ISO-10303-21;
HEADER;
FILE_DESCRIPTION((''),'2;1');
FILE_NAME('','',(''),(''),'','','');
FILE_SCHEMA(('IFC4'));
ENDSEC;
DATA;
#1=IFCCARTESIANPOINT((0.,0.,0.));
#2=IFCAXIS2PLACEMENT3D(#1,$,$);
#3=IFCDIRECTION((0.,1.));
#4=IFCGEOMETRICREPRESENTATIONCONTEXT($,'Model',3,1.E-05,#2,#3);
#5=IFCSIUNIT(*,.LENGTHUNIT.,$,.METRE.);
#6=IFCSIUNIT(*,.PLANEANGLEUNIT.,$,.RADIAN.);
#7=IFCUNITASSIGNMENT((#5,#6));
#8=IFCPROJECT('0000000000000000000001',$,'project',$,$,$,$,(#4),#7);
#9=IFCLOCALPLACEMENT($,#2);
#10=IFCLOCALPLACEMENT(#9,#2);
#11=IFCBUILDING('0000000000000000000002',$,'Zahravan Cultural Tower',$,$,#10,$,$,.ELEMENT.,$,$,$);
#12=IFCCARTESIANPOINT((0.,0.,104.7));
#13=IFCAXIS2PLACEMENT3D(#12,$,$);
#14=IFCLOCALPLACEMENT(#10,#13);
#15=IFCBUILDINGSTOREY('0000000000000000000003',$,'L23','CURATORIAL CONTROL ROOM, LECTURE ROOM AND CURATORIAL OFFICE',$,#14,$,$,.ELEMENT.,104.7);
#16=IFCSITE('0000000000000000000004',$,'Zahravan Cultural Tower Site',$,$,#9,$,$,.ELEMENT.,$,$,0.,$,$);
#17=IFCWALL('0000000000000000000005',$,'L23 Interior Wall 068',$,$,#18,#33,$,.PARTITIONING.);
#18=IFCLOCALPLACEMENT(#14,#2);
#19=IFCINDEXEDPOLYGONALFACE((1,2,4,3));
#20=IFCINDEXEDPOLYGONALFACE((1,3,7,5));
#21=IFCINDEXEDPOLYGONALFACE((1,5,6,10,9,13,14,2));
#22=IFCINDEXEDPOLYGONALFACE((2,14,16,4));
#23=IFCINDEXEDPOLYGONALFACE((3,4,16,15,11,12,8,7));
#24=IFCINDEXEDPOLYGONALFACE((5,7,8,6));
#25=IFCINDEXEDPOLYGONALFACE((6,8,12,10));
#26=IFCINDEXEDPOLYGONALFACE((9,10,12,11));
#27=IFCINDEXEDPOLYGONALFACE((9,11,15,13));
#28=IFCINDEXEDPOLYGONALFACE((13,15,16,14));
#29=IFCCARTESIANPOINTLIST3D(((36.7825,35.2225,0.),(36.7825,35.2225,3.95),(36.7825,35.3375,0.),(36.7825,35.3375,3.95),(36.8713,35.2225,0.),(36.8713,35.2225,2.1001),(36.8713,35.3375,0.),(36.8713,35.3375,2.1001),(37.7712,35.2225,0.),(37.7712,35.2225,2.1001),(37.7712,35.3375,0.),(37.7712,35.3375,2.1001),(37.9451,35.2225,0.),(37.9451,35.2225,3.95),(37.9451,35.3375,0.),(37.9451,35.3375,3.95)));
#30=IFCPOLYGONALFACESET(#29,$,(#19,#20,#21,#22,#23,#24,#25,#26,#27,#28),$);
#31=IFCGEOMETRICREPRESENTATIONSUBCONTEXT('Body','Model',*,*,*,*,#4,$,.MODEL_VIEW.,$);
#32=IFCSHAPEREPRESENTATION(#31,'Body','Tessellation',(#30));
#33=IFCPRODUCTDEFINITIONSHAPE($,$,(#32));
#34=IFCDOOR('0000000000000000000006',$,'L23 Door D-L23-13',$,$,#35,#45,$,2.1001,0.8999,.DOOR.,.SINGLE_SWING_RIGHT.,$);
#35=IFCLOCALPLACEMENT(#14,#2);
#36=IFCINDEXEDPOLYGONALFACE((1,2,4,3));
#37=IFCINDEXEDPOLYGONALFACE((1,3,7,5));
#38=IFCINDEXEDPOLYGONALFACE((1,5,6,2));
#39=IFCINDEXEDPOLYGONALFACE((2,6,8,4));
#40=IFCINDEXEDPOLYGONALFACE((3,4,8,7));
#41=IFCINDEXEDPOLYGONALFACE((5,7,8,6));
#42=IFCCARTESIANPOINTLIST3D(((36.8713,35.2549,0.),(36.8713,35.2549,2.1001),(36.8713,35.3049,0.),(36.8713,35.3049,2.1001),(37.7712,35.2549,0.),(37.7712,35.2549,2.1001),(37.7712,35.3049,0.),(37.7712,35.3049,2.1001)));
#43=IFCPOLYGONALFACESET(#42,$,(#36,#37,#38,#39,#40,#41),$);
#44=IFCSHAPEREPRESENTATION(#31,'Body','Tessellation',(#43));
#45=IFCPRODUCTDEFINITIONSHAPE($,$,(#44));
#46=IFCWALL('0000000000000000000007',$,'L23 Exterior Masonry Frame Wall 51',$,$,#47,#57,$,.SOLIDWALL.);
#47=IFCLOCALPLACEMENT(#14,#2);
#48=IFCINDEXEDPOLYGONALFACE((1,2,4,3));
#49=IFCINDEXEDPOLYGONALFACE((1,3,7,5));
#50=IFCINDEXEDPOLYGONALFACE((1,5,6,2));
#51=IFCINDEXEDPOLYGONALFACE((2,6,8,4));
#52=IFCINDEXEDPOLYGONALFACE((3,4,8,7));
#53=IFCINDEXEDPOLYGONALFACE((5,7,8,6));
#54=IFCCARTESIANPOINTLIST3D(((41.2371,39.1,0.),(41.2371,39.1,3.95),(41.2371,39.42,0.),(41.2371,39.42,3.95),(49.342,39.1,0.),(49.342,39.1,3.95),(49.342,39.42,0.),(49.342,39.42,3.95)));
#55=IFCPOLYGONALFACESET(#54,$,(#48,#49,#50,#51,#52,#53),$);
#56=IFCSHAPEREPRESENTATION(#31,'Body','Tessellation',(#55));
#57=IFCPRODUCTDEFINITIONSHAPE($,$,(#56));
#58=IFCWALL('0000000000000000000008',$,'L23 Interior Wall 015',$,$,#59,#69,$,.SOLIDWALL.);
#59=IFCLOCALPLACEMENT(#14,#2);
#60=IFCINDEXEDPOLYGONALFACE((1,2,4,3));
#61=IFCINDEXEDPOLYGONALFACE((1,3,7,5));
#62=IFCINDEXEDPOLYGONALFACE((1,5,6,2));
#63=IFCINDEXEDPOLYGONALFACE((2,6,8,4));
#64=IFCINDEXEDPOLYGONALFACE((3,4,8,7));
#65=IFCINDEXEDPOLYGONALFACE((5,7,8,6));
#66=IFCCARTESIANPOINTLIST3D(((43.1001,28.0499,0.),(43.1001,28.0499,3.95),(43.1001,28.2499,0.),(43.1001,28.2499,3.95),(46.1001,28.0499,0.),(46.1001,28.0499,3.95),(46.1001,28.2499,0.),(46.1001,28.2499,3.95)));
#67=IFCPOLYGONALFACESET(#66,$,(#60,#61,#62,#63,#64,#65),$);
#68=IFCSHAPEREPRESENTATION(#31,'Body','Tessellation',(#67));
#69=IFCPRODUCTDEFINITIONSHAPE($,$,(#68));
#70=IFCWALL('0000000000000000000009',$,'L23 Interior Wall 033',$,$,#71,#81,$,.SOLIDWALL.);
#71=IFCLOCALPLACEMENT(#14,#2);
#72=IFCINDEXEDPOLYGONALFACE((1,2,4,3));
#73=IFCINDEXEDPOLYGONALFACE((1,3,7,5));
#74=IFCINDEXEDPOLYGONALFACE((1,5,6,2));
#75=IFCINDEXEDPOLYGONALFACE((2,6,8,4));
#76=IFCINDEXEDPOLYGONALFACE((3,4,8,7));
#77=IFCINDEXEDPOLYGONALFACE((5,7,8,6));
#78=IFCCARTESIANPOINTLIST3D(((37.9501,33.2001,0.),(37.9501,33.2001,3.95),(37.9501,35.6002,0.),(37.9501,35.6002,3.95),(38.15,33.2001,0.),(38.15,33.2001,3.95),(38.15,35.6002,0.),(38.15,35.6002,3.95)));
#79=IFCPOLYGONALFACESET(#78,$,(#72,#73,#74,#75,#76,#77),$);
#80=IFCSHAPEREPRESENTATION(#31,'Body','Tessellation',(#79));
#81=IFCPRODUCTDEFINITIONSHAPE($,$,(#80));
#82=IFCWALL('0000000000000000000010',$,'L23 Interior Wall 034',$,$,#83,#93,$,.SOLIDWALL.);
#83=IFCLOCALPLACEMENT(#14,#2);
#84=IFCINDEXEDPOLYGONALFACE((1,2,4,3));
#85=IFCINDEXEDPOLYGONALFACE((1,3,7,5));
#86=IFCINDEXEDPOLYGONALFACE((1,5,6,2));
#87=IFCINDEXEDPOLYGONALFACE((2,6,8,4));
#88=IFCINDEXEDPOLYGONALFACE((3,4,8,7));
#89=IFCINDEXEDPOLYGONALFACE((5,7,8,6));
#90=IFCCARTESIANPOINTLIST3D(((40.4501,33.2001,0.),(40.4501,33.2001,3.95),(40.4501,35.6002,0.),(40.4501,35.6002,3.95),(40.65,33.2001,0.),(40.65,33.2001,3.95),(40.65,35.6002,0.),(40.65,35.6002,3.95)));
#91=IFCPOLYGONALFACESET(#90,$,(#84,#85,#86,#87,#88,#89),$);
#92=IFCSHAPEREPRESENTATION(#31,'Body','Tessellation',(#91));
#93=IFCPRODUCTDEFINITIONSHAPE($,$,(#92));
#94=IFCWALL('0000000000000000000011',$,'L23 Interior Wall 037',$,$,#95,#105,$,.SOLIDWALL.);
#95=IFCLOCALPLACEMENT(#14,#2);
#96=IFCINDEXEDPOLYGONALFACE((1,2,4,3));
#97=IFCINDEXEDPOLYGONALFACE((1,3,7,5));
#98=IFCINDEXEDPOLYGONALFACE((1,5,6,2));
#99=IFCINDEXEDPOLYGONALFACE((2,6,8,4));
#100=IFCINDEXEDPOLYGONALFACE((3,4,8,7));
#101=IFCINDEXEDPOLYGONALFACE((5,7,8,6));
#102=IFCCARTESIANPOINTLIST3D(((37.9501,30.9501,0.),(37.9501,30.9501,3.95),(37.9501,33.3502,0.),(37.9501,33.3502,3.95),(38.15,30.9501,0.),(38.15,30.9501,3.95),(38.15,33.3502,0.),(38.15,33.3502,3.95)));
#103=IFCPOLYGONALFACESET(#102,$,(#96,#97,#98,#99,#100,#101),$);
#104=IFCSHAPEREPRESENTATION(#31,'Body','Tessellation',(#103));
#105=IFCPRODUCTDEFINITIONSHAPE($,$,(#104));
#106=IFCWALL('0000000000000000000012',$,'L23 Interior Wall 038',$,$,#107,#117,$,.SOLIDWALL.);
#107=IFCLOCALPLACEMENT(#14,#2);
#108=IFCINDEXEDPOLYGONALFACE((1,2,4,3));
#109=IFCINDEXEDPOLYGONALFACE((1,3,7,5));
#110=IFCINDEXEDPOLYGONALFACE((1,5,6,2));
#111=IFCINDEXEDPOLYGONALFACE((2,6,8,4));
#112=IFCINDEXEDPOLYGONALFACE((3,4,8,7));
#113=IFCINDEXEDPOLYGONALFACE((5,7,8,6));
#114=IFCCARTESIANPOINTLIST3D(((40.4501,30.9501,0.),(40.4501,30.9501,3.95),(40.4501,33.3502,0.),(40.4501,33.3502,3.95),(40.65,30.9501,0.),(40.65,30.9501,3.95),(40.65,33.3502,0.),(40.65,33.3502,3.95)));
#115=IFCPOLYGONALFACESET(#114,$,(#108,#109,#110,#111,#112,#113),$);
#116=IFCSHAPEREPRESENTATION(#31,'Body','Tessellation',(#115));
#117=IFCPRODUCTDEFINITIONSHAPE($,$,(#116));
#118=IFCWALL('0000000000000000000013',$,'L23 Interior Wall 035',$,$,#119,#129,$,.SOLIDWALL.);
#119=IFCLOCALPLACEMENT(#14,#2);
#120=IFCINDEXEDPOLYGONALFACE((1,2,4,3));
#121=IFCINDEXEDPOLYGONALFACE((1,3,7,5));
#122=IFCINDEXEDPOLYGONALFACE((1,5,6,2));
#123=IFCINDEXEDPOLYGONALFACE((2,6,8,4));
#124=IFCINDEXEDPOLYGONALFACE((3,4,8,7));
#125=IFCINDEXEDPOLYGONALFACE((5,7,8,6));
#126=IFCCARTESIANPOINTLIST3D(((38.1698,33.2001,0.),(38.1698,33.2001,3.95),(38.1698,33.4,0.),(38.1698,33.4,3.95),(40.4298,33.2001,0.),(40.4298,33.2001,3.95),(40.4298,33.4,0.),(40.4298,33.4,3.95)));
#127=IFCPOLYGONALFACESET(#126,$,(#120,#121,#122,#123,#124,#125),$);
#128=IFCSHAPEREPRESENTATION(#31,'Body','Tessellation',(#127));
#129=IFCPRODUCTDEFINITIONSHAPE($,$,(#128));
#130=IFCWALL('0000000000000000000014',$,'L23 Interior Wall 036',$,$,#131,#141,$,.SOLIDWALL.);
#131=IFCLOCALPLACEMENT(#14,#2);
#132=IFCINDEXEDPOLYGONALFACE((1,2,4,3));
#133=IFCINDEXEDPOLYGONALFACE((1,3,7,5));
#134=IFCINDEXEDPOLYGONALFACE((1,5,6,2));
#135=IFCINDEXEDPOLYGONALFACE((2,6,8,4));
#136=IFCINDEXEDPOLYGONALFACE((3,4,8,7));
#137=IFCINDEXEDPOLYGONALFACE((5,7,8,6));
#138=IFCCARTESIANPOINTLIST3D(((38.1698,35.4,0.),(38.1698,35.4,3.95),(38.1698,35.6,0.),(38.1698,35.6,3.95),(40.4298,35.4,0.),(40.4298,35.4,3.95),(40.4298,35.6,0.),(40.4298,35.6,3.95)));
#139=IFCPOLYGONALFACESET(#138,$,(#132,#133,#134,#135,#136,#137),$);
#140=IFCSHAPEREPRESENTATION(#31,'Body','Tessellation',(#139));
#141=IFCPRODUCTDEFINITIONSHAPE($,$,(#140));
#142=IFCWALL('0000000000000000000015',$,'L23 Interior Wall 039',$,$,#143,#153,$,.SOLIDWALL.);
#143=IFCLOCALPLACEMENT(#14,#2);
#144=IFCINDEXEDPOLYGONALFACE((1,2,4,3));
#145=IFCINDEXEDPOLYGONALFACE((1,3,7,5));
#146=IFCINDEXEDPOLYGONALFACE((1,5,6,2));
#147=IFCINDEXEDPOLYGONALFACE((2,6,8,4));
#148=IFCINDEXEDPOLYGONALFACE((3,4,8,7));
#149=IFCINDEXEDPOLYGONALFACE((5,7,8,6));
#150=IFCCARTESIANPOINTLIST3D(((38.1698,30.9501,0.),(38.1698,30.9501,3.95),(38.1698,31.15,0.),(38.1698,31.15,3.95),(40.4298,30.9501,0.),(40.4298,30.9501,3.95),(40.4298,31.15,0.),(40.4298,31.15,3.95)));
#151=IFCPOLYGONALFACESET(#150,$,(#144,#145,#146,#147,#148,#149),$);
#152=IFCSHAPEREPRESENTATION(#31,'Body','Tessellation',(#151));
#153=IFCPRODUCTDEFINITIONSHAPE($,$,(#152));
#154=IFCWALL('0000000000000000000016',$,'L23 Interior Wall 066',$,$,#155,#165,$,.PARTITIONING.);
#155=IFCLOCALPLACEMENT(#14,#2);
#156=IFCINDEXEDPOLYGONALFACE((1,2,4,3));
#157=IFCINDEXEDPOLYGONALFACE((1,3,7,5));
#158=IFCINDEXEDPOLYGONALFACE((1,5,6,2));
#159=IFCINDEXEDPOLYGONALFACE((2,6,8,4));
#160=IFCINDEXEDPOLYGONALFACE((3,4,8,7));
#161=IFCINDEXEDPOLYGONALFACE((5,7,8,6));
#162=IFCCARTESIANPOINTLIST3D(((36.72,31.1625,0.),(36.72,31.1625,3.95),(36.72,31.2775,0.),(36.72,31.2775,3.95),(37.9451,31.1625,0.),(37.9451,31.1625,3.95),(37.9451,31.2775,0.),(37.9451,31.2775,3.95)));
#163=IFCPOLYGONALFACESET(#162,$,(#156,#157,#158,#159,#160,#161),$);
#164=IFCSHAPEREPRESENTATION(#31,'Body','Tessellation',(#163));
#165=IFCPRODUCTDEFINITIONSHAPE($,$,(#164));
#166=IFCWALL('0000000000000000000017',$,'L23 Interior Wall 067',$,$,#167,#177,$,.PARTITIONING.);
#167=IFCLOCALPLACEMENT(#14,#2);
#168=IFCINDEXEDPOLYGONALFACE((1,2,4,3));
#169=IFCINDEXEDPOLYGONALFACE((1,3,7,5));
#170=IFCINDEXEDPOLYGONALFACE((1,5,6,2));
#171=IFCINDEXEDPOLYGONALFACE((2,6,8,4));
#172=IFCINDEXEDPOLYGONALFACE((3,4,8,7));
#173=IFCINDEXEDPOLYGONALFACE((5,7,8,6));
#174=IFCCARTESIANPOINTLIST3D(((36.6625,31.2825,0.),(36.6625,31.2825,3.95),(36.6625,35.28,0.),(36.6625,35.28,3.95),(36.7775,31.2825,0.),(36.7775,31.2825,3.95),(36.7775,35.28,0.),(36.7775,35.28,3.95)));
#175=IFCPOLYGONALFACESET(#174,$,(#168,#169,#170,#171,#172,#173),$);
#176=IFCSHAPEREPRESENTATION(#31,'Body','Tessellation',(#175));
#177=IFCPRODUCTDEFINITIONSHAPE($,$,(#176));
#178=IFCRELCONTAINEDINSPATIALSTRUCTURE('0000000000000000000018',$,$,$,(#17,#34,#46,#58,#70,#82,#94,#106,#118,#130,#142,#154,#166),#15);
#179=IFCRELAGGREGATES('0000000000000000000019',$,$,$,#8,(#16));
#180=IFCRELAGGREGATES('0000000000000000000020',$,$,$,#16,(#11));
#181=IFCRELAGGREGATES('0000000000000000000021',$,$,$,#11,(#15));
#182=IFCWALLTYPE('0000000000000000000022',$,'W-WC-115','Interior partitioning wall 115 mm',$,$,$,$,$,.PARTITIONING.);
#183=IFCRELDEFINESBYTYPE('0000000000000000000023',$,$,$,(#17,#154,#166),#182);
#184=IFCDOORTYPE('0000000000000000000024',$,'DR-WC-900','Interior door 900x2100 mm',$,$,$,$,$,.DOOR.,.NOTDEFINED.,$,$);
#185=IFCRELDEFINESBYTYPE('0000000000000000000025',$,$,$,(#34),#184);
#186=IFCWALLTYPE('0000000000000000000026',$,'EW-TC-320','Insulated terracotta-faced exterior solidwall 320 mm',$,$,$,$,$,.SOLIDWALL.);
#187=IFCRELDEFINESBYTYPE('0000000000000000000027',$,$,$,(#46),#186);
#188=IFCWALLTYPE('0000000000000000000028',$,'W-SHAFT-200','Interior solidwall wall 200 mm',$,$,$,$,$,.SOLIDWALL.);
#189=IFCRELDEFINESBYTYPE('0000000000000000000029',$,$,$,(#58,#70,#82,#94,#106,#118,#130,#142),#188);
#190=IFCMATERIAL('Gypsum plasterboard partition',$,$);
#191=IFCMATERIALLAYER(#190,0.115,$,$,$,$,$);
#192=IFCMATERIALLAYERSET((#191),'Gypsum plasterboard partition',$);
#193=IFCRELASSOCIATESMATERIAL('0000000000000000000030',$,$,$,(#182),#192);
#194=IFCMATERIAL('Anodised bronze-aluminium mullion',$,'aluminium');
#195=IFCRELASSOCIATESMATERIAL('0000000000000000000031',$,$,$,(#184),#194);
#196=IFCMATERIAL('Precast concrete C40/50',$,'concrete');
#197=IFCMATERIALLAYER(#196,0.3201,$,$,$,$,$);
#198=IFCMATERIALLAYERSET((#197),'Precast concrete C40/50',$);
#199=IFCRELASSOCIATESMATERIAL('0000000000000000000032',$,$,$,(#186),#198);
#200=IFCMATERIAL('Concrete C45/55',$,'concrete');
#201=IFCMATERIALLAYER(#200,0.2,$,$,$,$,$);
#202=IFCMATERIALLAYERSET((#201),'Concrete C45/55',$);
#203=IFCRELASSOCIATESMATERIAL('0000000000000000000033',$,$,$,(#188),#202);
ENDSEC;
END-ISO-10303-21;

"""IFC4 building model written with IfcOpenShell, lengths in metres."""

from ifc_helpers import new_model, si_unit, direction, frame, frame_2d, origin, place, context, subcontext, project, spatial, rectangle, extrude, source, transform, mapped, material, layer, layer_set, type_object, element, fill, save


model = new_model("IFC4")

# Units and contexts
model_context = context("Model", 3, precision=1e-05, world=origin(), true_north=direction((0.0, 1.0)))
body_context = subcontext(model_context, "Body", "Model", "MODEL_VIEW")
ifc_project = project(units=[si_unit("LENGTHUNIT", "METRE"), si_unit("PLANEANGLEUNIT", "RADIAN")], contexts=[model_context])

# Site, building, storey
site_placement = place(None, origin())
site = spatial("IfcSite", under=ifc_project, at=site_placement, Name="Zahravan Cultural Tower Site", CompositionType="ELEMENT", RefElevation=0.0)
building_placement = place(site_placement, origin())
building = spatial("IfcBuilding", under=site, at=building_placement, Name="Zahravan Cultural Tower", CompositionType="ELEMENT")
storey_placement = place(building_placement, frame((0.0, 0.0, 104.7)))
storey = spatial("IfcBuildingStorey", under=building, at=storey_placement, Name="L23", Description="CURATORIAL CONTROL ROOM, LECTURE ROOM AND CURATORIAL OFFICE", CompositionType="ELEMENT", Elevation=104.7)

# Shared definitions
ifc_material_1 = material(Name="Anodised bronze-aluminium mullion", Category="aluminium")

# Wall, opening, door
ifc_material_2 = material(Name="Gypsum plasterboard partition")
ifc_layer_1 = layer(ifc_material_2, 0.115)
ifc_layer_set_1 = layer_set([ifc_layer_1], Name="Gypsum plasterboard partition")
wall_type_1 = type_object("IfcWallType", Name="W-WC-115", Description="Interior partitioning wall 115 mm", PredefinedType="PARTITIONING", material=ifc_layer_set_1)
wall_1_placement = place(storey_placement, frame((36.7825, 35.28, 0.0), z_axis=(0.0, 0.0, 1.0), x_axis=(1.0, 0.0, 0.0)))
wall_1 = element("IfcWall", 1, at=wall_1_placement, inside=storey, type_object=wall_type_1, Name="L23 Interior Wall 068", PredefinedType="PARTITIONING", context=body_context, shape_type="SweptSolid", body=[
    extrude(rectangle(XDim=1.1626, YDim=0.115, at=frame_2d((0.5813, 0.0))), origin(), (0.0, 0.0, 1.0), 3.95),
])
opening_1_placement = place(wall_1_placement, frame((0.0889, 0.0, 0.0)))
opening_1 = element("IfcOpeningElement", 2, at=opening_1_placement, cuts=wall_1, PredefinedType="OPENING", context=body_context, shape_type="SweptSolid", body=[
    extrude(rectangle(XDim=0.8999, YDim=2.1001, at=frame_2d((0.45, 1.05))), frame((0.0, 0.0674, 0.0), z_axis=(0.0, -1.0, 0.0), x_axis=(1.0, 0.0, 0.0)), (0.0, 0.0, 1.0), 0.135),
])
door_type_1 = type_object("IfcDoorType", Name="DR-WC-900", Description="Interior door 900x2100 mm", OperationType="NOTDEFINED", PredefinedType="DOOR", material=ifc_material_1)
shared_shape_1 = source(origin(), body_context, "Body", "SweptSolid", [
    extrude(rectangle(XDim=0.8999, YDim=2.1001, at=frame_2d((0.45, 1.05))), frame((0.0, 0.0249, 0.0), z_axis=(0.0, -1.0, 0.0), x_axis=(1.0, 0.0, 0.0)), (0.0, 0.0, 1.0), 0.05),
])
door_1_placement = place(opening_1_placement, origin())
door_1 = element("IfcDoor", 3, at=door_1_placement, inside=storey, type_object=door_type_1, Name="L23 Door D-L23-13", OperationType="SINGLE_SWING_RIGHT", OverallHeight=2.1001, OverallWidth=0.8999, PredefinedType="DOOR", context=body_context, shape_type="MappedRepresentation", body=[
    mapped(shared_shape_1, transform((0.0, 0.0, 0.0), x_axis=(1.0, 0.0, 0.0), y_axis=(0.0, 1.0, 0.0), z_axis=(0.0, 0.0, 1.0), scale=1.0)),
])
fill(opening_1, door_1)

# Walls
ifc_material_3 = material(Name="Precast concrete C40/50", Category="concrete")
ifc_layer_2 = layer(ifc_material_3, 0.3201)
ifc_layer_set_2 = layer_set([ifc_layer_2], Name="Precast concrete C40/50")
wall_type_2 = type_object("IfcWallType", Name="EW-TC-320", Description="Insulated terracotta-faced exterior solidwall 320 mm", PredefinedType="SOLIDWALL", material=ifc_layer_set_2)
shared_shape_2 = source(origin(), body_context, "Body", "SweptSolid", [
    extrude(rectangle(XDim=8.105, YDim=0.3201, at=frame_2d((4.0525, 0.0))), origin(), (0.0, 0.0, 1.0), 3.95),
])
wall_2_placement = place(storey_placement, frame((41.2371, 39.26, 0.0), z_axis=(0.0, 0.0, 1.0), x_axis=(1.0, 0.0, 0.0)))
element("IfcWall", 4, at=wall_2_placement, inside=storey, type_object=wall_type_2, Name="L23 Exterior Masonry Frame Wall 51", PredefinedType="SOLIDWALL", context=body_context, shape_type="MappedRepresentation", body=[
    mapped(shared_shape_2, transform((0.0, 0.0, 0.0), x_axis=(1.0, 0.0, 0.0), y_axis=(0.0, 1.0, 0.0), z_axis=(0.0, 0.0, 1.0), scale=1.0)),
])
ifc_material_4 = material(Name="Concrete C45/55", Category="concrete")
ifc_layer_3 = layer(ifc_material_4, 0.2)
ifc_layer_set_3 = layer_set([ifc_layer_3], Name="Concrete C45/55")
wall_type_3 = type_object("IfcWallType", Name="W-SHAFT-200", Description="Interior solidwall wall 200 mm", PredefinedType="SOLIDWALL", material=ifc_layer_set_3)
shared_shape_3 = source(origin(), body_context, "Body", "SweptSolid", [
    extrude(rectangle(XDim=3.0, YDim=0.2, at=frame_2d((1.5, 0.0))), origin(), (0.0, 0.0, 1.0), 3.95),
])
wall_3_placement = place(storey_placement, frame((43.1001, 28.1499, 0.0), z_axis=(0.0, 0.0, 1.0), x_axis=(1.0, 0.0, 0.0)))
element("IfcWall", 5, at=wall_3_placement, inside=storey, type_object=wall_type_3, Name="L23 Interior Wall 015", PredefinedType="SOLIDWALL", context=body_context, shape_type="MappedRepresentation", body=[
    mapped(shared_shape_3, transform((0.0, 0.0, 0.0), x_axis=(1.0, 0.0, 0.0), y_axis=(0.0, 1.0, 0.0), z_axis=(0.0, 0.0, 1.0), scale=1.0)),
])
shared_shape_4 = source(origin(), body_context, "Body", "SweptSolid", [
    extrude(rectangle(XDim=2.4001, YDim=0.2, at=frame_2d((1.2002, 0.0))), origin(), (0.0, 0.0, 1.0), 3.95),
])
for number, where, z_axis, x_axis, name in (
    (6, (38.05, 33.2, 0.0), (0.0, 0.0, 1.0), (0.0, 1.0, 0.0), "L23 Interior Wall 033"),
    (7, (40.55, 33.2, 0.0), (0.0, 0.0, 1.0), (0.0, 1.0, 0.0), "L23 Interior Wall 034"),
    (8, (38.05, 30.95, 0.0), (0.0, 0.0, 1.0), (0.0, 1.0, 0.0), "L23 Interior Wall 037"),
    (9, (40.55, 30.95, 0.0), (0.0, 0.0, 1.0), (0.0, 1.0, 0.0), "L23 Interior Wall 038"),
):
    element("IfcWall", number, at=place(storey_placement, frame(where, z_axis=z_axis, x_axis=x_axis)), inside=storey, type_object=wall_type_3, Name=name, PredefinedType="SOLIDWALL", context=body_context, shape_type="MappedRepresentation", body=[
        mapped(shared_shape_4, transform((0.0, 0.0, 0.0), x_axis=(1.0, 0.0, 0.0), y_axis=(0.0, 1.0, 0.0), z_axis=(0.0, 0.0, 1.0), scale=1.0)),
    ])
shared_shape_5 = source(origin(), body_context, "Body", "SweptSolid", [
    extrude(rectangle(XDim=2.26, YDim=0.2, at=frame_2d((1.1299, 0.0))), origin(), (0.0, 0.0, 1.0), 3.95),
])
for number, where, z_axis, x_axis, name in (
    (10, (38.1699, 33.3, 0.0), (0.0, 0.0, 1.0), (1.0, 0.0, 0.0), "L23 Interior Wall 035"),
    (11, (38.1699, 35.5, 0.0), (0.0, 0.0, 1.0), (1.0, 0.0, 0.0), "L23 Interior Wall 036"),
    (12, (38.1699, 31.05, 0.0), (0.0, 0.0, 1.0), (1.0, 0.0, 0.0), "L23 Interior Wall 039"),
):
    element("IfcWall", number, at=place(storey_placement, frame(where, z_axis=z_axis, x_axis=x_axis)), inside=storey, type_object=wall_type_3, Name=name, PredefinedType="SOLIDWALL", context=body_context, shape_type="MappedRepresentation", body=[
        mapped(shared_shape_5, transform((0.0, 0.0, 0.0), x_axis=(1.0, 0.0, 0.0), y_axis=(0.0, 1.0, 0.0), z_axis=(0.0, 0.0, 1.0), scale=1.0)),
    ])
shared_shape_6 = source(origin(), body_context, "Body", "SweptSolid", [
    extrude(rectangle(XDim=1.2251, YDim=0.115, at=frame_2d((0.6125, 0.0))), origin(), (0.0, 0.0, 1.0), 3.95),
])
wall_4_placement = place(storey_placement, frame((37.9451, 31.22, 0.0), z_axis=(0.0, 0.0, 1.0), x_axis=(-1.0, 0.0, 0.0)))
element("IfcWall", 13, at=wall_4_placement, inside=storey, type_object=wall_type_1, Name="L23 Interior Wall 066", PredefinedType="PARTITIONING", context=body_context, shape_type="MappedRepresentation", body=[
    mapped(shared_shape_6, transform((0.0, 0.0, 0.0), x_axis=(1.0, 0.0, 0.0), y_axis=(0.0, 1.0, 0.0), z_axis=(0.0, 0.0, 1.0), scale=1.0)),
])
shared_shape_7 = source(origin(), body_context, "Body", "SweptSolid", [
    extrude(rectangle(XDim=3.9976, YDim=0.115, at=frame_2d((1.9988, 0.0))), origin(), (0.0, 0.0, 1.0), 3.95),
])
wall_5_placement = place(storey_placement, frame((36.72, 31.2825, 0.0), z_axis=(0.0, 0.0, 1.0), x_axis=(0.0, 1.0, 0.0)))
element("IfcWall", 14, at=wall_5_placement, inside=storey, type_object=wall_type_1, Name="L23 Interior Wall 067", PredefinedType="PARTITIONING", context=body_context, shape_type="MappedRepresentation", body=[
    mapped(shared_shape_7, transform((0.0, 0.0, 0.0), x_axis=(1.0, 0.0, 0.0), y_axis=(0.0, 1.0, 0.0), z_axis=(0.0, 0.0, 1.0), scale=1.0)),
])

save(model, "model.ifc")
